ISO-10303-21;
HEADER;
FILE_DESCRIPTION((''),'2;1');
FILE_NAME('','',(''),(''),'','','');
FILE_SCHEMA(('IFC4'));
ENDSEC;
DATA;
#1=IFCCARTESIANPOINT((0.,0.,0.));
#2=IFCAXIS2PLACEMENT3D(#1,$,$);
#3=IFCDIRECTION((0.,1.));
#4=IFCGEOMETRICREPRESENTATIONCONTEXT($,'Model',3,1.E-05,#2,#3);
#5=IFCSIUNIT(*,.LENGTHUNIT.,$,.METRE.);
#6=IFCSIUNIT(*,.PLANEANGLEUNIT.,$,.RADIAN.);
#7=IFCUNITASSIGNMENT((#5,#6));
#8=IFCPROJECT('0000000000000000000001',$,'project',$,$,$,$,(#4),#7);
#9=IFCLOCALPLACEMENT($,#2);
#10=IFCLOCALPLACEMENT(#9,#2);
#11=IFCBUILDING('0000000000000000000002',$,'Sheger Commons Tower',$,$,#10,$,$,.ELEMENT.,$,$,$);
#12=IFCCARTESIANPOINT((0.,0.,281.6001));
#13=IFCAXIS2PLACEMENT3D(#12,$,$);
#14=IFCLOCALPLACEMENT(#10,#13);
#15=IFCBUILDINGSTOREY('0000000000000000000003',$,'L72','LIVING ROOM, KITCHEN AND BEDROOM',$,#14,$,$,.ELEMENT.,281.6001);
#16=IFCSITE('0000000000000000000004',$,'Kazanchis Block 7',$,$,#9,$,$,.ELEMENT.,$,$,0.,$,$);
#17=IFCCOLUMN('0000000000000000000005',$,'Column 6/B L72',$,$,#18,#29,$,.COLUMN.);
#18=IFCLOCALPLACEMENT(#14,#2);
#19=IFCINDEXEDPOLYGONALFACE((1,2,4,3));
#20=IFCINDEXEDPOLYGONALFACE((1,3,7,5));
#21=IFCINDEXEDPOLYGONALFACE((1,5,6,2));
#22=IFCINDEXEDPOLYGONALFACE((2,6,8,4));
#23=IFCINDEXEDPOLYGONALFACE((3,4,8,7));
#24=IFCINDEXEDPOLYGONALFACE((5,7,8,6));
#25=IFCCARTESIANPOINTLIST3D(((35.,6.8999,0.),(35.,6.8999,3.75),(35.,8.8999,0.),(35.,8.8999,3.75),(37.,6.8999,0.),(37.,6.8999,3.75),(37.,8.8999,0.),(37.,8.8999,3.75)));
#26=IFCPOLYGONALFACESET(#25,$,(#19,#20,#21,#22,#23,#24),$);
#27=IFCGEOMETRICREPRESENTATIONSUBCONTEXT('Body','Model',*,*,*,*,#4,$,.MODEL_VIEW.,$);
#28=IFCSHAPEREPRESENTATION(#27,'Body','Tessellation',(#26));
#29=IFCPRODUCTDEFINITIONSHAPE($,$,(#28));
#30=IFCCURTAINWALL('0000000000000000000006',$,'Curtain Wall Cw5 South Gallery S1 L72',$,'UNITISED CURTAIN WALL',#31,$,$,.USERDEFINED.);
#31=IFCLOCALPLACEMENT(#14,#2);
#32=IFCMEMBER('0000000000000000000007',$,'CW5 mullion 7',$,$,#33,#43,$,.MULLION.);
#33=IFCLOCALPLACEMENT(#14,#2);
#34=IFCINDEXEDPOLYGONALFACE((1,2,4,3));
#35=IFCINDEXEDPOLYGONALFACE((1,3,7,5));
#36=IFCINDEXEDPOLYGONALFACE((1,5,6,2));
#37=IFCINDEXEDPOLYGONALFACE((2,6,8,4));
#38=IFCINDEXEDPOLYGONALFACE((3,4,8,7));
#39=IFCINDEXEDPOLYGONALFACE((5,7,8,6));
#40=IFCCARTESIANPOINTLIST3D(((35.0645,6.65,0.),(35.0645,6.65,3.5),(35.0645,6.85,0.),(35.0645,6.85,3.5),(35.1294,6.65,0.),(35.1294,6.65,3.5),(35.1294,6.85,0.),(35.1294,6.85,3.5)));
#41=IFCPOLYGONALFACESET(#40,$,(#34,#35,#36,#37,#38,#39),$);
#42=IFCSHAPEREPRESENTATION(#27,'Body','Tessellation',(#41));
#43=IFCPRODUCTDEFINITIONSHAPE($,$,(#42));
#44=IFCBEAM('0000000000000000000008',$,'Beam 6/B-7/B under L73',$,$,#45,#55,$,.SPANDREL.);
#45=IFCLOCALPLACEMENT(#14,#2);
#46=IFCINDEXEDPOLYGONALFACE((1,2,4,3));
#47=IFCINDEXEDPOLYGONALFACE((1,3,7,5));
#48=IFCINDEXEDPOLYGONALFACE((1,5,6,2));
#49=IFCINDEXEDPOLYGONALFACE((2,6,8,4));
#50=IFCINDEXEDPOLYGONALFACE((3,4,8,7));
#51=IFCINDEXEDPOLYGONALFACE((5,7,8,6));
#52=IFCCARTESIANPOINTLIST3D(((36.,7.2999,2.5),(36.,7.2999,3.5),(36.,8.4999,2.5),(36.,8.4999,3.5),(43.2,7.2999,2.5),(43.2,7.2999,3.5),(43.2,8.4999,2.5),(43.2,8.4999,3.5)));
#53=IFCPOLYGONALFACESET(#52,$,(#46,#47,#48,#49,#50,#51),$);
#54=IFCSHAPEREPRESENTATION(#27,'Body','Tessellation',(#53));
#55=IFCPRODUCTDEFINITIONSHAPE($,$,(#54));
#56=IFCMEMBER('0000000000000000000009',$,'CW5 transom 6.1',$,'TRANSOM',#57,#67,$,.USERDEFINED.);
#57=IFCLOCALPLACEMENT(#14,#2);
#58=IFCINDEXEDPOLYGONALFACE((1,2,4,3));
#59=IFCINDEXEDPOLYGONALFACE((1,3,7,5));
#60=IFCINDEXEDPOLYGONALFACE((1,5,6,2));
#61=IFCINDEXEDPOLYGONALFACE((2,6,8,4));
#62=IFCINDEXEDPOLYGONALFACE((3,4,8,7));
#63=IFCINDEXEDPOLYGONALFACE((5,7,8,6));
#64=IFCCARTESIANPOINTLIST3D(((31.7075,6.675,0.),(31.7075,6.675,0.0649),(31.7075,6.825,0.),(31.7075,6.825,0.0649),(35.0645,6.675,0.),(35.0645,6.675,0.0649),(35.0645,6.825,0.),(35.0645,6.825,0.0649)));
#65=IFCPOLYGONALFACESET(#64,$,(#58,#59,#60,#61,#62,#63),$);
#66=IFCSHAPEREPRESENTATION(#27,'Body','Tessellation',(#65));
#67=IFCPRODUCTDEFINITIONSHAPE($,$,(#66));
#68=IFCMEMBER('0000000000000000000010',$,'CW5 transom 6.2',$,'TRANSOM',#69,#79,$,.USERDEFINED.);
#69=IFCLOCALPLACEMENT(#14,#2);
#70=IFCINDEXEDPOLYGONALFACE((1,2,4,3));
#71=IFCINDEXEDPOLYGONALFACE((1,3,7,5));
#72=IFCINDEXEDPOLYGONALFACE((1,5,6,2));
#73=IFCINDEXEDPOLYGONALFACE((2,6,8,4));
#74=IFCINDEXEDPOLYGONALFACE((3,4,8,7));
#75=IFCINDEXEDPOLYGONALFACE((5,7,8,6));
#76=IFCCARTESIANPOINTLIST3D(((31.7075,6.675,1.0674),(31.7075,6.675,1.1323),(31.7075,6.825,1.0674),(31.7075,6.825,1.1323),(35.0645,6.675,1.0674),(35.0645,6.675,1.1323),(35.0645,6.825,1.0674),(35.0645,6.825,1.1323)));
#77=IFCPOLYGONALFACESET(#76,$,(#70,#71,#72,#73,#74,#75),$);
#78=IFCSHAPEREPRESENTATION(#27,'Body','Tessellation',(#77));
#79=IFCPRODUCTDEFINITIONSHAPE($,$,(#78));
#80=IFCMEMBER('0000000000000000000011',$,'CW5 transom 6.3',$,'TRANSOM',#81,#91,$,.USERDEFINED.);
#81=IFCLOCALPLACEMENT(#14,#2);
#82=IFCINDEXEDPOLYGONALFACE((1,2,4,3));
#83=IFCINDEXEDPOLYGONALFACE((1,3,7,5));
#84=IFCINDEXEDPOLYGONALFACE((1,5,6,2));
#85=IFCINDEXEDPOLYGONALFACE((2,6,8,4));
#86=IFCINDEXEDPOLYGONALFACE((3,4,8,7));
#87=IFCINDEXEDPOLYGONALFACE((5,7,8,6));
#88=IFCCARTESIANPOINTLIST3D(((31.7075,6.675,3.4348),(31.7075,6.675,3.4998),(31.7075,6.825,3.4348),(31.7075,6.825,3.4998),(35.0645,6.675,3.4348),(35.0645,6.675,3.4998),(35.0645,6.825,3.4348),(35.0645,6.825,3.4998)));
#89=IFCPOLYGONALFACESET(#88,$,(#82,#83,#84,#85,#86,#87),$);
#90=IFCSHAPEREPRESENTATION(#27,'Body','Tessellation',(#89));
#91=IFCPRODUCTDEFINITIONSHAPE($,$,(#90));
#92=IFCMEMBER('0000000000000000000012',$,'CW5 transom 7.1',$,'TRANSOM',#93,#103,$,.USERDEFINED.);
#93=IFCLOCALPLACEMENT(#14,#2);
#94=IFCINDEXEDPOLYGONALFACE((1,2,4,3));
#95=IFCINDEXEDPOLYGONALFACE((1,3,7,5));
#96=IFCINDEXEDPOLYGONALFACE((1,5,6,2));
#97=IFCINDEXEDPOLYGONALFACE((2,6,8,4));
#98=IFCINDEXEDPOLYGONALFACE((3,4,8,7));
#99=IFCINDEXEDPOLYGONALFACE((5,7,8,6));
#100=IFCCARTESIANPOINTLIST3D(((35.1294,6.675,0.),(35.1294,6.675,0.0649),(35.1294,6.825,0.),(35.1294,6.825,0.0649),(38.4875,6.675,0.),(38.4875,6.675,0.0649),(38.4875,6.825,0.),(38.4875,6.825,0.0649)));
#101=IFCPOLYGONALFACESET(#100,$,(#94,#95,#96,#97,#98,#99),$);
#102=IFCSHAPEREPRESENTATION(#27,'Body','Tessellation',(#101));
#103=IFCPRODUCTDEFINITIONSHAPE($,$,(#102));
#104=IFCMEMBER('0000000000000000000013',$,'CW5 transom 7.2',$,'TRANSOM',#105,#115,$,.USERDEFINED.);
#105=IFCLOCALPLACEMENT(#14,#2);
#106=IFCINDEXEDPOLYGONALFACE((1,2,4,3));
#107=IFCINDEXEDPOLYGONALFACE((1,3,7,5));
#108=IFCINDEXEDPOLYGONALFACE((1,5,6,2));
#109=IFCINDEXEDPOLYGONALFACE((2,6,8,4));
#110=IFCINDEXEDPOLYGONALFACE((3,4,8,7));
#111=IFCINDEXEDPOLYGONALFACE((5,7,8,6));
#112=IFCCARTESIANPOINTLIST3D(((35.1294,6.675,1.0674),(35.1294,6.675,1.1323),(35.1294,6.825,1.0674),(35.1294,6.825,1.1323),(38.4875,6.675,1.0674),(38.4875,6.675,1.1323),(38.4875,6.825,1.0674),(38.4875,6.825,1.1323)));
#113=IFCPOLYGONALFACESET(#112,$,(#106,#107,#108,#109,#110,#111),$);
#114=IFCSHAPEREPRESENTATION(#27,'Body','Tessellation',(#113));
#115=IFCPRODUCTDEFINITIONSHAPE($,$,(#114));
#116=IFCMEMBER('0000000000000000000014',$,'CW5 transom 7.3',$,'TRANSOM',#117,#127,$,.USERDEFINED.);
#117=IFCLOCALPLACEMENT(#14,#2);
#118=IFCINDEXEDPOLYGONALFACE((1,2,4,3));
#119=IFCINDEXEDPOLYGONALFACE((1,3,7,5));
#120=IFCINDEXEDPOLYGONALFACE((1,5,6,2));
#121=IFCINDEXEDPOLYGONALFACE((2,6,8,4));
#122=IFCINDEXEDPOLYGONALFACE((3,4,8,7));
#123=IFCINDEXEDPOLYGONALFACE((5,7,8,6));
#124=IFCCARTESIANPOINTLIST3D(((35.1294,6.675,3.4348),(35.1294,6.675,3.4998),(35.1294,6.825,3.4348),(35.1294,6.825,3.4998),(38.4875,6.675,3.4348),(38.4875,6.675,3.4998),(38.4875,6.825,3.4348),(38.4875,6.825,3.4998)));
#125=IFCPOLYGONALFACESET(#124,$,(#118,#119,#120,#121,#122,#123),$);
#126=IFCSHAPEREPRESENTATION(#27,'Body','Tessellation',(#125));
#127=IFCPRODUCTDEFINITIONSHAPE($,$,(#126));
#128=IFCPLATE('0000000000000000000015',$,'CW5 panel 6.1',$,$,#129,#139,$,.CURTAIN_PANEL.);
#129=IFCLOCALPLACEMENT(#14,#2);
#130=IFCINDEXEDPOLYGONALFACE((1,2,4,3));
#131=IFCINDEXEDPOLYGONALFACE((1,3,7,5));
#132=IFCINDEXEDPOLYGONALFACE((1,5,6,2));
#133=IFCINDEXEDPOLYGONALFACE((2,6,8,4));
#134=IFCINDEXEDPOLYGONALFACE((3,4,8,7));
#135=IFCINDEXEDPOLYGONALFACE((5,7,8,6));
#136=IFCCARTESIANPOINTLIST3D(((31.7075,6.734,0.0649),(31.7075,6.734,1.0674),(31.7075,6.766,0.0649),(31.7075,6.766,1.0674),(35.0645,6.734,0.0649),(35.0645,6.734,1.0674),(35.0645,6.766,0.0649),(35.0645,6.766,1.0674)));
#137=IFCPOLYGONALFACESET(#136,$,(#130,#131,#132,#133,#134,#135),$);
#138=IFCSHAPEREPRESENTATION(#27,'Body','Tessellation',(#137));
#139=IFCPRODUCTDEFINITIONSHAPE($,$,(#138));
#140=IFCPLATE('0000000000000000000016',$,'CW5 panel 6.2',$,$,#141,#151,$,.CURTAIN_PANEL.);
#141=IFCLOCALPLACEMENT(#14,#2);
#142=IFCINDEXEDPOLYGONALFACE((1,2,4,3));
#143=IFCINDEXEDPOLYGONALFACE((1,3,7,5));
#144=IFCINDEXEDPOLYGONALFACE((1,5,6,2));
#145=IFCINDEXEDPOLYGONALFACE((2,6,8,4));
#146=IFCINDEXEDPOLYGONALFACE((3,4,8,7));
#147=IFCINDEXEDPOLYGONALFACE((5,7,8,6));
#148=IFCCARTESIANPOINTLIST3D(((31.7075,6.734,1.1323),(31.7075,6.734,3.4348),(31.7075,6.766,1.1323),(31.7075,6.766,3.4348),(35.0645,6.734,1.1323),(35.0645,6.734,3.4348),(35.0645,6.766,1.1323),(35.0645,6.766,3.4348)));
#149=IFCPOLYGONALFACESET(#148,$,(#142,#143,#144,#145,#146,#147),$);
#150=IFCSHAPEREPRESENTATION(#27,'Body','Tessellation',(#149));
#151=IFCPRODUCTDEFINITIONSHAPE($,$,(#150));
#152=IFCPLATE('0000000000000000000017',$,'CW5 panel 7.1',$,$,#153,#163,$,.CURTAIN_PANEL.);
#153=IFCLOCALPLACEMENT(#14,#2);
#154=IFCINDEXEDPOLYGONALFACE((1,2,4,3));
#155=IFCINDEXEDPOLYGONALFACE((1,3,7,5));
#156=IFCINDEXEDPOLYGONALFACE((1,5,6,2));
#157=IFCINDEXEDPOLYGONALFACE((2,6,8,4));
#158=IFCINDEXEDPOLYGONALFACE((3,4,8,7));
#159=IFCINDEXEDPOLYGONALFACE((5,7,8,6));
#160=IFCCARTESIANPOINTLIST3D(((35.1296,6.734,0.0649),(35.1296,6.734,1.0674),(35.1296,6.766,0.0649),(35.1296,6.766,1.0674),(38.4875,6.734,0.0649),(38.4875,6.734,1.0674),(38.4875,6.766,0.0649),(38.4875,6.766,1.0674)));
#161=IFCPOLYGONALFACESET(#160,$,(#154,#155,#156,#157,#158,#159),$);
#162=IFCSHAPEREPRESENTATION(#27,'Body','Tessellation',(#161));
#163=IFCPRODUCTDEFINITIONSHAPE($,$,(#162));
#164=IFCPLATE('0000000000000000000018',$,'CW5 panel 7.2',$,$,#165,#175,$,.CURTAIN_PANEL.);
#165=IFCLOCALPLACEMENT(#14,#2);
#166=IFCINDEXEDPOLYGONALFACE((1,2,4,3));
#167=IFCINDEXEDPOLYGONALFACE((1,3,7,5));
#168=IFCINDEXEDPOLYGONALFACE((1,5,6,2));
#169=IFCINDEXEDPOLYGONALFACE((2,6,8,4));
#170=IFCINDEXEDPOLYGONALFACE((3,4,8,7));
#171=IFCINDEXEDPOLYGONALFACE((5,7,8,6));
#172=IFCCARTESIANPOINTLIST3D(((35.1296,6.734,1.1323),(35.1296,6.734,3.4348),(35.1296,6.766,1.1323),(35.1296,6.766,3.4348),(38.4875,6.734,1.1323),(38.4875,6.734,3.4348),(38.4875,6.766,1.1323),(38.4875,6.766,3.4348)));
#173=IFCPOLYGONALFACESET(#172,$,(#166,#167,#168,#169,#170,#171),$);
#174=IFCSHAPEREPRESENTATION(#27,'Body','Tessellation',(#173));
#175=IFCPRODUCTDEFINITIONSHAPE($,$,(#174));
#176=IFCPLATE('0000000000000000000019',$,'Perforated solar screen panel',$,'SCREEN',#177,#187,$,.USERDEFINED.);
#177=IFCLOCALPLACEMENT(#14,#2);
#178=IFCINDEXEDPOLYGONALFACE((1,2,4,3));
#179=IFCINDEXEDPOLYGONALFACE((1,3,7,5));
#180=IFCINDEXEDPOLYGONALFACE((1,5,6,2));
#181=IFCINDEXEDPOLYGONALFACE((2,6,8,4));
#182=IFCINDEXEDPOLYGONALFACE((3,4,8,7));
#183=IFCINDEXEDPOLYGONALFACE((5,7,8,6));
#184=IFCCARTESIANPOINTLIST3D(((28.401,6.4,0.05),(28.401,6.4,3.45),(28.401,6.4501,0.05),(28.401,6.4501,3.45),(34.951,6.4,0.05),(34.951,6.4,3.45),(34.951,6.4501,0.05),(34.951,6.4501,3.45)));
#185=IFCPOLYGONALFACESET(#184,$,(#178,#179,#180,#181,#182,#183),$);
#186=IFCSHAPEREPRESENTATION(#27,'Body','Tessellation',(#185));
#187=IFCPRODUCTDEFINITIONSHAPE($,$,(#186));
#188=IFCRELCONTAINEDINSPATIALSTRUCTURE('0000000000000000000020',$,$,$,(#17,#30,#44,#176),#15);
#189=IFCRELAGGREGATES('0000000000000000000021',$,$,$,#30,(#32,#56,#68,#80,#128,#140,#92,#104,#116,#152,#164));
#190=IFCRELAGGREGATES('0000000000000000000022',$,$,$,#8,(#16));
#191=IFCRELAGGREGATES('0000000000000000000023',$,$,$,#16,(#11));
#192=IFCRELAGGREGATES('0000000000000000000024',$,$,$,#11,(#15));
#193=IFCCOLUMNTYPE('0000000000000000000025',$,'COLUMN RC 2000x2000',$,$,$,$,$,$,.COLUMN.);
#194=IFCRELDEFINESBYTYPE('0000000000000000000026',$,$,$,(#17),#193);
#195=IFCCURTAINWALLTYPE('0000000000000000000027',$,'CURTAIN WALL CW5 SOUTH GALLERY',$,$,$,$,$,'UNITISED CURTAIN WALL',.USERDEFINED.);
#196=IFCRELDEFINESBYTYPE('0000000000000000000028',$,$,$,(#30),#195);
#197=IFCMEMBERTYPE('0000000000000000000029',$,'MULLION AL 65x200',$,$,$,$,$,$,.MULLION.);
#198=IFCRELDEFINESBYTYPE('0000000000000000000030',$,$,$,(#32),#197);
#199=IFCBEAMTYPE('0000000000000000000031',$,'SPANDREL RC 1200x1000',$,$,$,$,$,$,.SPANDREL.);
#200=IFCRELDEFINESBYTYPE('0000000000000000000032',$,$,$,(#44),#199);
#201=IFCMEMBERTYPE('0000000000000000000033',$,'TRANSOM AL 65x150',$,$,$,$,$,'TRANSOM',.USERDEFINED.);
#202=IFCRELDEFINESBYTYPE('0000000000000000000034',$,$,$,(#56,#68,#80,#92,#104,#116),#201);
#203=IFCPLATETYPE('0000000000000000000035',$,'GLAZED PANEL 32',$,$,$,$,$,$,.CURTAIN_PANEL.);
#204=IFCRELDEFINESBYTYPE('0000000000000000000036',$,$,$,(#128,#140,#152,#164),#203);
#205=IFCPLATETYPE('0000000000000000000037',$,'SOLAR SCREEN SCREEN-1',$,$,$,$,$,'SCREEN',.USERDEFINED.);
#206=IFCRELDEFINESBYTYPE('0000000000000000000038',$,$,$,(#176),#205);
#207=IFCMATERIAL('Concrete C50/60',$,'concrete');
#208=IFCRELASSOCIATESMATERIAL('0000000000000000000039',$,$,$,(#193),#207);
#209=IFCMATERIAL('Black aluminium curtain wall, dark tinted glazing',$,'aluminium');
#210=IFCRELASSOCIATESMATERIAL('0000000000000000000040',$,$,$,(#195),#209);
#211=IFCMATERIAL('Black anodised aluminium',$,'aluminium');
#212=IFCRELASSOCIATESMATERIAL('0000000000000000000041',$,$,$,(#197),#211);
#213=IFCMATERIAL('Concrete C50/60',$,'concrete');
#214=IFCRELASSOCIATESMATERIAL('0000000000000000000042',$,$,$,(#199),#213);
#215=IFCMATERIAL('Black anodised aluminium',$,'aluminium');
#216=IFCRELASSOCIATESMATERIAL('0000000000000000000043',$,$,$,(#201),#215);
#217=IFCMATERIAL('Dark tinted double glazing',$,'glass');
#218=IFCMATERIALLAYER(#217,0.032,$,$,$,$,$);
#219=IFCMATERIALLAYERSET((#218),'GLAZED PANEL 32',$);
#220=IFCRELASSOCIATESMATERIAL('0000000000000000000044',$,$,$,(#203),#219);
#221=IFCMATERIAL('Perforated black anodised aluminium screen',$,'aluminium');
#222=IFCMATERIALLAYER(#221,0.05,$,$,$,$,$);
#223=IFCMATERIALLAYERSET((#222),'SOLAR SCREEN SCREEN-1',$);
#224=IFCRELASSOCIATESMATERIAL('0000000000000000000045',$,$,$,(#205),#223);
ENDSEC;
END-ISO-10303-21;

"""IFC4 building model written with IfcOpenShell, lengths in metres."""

from ifc_helpers import new_model, si_unit, direction, frame, origin, origin_2d, place, context, subcontext, project, spatial, rectangle, extrude, material, layer, layer_set, material_profile, profile_set, type_object, element, aggregate, save


model = new_model("IFC4")

# Units and contexts
model_context = context("Model", 3, precision=1e-05, world=origin(), true_north=direction((0.0, 1.0)))
body_context = subcontext(model_context, "Body", "Model", "MODEL_VIEW")
ifc_project = project(units=[si_unit("LENGTHUNIT", "METRE"), si_unit("PLANEANGLEUNIT", "RADIAN")], contexts=[model_context])

# Site, building, storey
site_placement = place(None, origin())
site = spatial("IfcSite", under=ifc_project, at=site_placement, Name="Kazanchis Block 7", CompositionType="ELEMENT", RefElevation=0.0)
building_placement = place(site_placement, origin())
building = spatial("IfcBuilding", under=site, at=building_placement, Name="Sheger Commons Tower", CompositionType="ELEMENT")
storey_placement = place(building_placement, frame((0.0, 0.0, 281.6001)))
storey = spatial("IfcBuildingStorey", under=building, at=storey_placement, Name="L72", Description="LIVING ROOM, KITCHEN AND BEDROOM", CompositionType="ELEMENT", Elevation=281.6001)

# Column
ifc_material_1 = material(Name="Concrete C50/60", Category="concrete")
ifc_material_profile_1 = material_profile(ifc_material_1, rectangle(XDim=2.0, YDim=2.0, at=origin_2d()), Name="RC 2000x2000")
ifc_profile_set_1 = profile_set([ifc_material_profile_1], Name="Concrete C50/60")
column_type = type_object("IfcColumnType", Name="COLUMN RC 2000x2000", PredefinedType="COLUMN", material=ifc_profile_set_1)
column_placement = place(storey_placement, frame((36.0, 7.8999, 0.0), z_axis=(0.0, 0.0, 1.0), x_axis=(1.0, 0.0, 0.0)))
element("IfcColumn", 1, at=column_placement, inside=storey, type_object=column_type, Name="Column 6/B L72", PredefinedType="COLUMN", context=body_context, shape_type="SweptSolid", body=[
    extrude(rectangle(XDim=2.0, YDim=2.0, at=origin_2d()), origin(), (0.0, 0.0, 1.0), 3.75),
])

# Curtain wall, member
ifc_material_2 = material(Name="Black aluminium curtain wall, dark tinted glazing", Category="aluminium")
curtain_wall_type = type_object("IfcCurtainWallType", Name="CURTAIN WALL CW5 SOUTH GALLERY", ElementType="UNITISED CURTAIN WALL", PredefinedType="USERDEFINED", material=ifc_material_2)
curtain_wall_placement = place(storey_placement, origin())
curtain_wall = element("IfcCurtainWall", 2, at=curtain_wall_placement, inside=storey, type_object=curtain_wall_type, Name="Curtain Wall Cw5 South Gallery S1 L72", ObjectType="UNITISED CURTAIN WALL", PredefinedType="USERDEFINED")
ifc_material_3 = material(Name="Black anodised aluminium", Category="aluminium")
ifc_material_profile_2 = material_profile(ifc_material_3, rectangle(XDim=0.2, YDim=0.0649, at=origin_2d()), Name="AL 65x200")
ifc_profile_set_2 = profile_set([ifc_material_profile_2], Name="Black anodised aluminium")
member_type_1 = type_object("IfcMemberType", Name="MULLION AL 65x200", PredefinedType="MULLION", material=ifc_profile_set_2)
member_1_placement = place(storey_placement, frame((35.0969, 6.75, 0.0), z_axis=(0.0, 0.0, 1.0), x_axis=(0.0, 1.0, 0.0)))
member_1 = element("IfcMember", 3, at=member_1_placement, type_object=member_type_1, Name="CW5 mullion 7", PredefinedType="MULLION", context=body_context, shape_type="SweptSolid", body=[
    extrude(rectangle(XDim=0.2, YDim=0.0649, at=origin_2d()), origin(), (0.0, 0.0, 1.0), 3.5),
])

# Beam
ifc_material_4 = material(Name="Concrete C50/60", Category="concrete")
ifc_material_profile_3 = material_profile(ifc_material_4, rectangle(XDim=1.2, YDim=1.0, at=origin_2d()), Name="RC 1200x1000")
ifc_profile_set_3 = profile_set([ifc_material_profile_3], Name="Concrete C50/60")
beam_type = type_object("IfcBeamType", Name="SPANDREL RC 1200x1000", PredefinedType="SPANDREL", material=ifc_profile_set_3)
beam_placement = place(storey_placement, frame((36.0, 7.8999, 3.0), z_axis=(1.0, 0.0, 0.0), x_axis=(0.0, 1.0, 0.0)))
element("IfcBeam", 4, at=beam_placement, inside=storey, type_object=beam_type, Name="Beam 6/B-7/B under L73", PredefinedType="SPANDREL", context=body_context, shape_type="SweptSolid", body=[
    extrude(rectangle(XDim=1.2, YDim=1.0, at=origin_2d()), origin(), (0.0, 0.0, 1.0), 7.2),
])

# Members
ifc_material_5 = material(Name="Black anodised aluminium", Category="aluminium")
ifc_material_profile_4 = material_profile(ifc_material_5, rectangle(XDim=0.1499, YDim=0.0649, at=origin_2d()), Name="AL 65x150")
ifc_profile_set_4 = profile_set([ifc_material_profile_4], Name="Black anodised aluminium")
member_type_2 = type_object("IfcMemberType", Name="TRANSOM AL 65x150", ElementType="TRANSOM", PredefinedType="USERDEFINED", material=ifc_profile_set_4)
member_2_placement = place(storey_placement, frame((31.7075, 6.75, 0.0325), z_axis=(1.0, 0.0, 0.0), x_axis=(0.0, 1.0, 0.0)))
member_2 = element("IfcMember", 5, at=member_2_placement, type_object=member_type_2, Name="CW5 transom 6.1", ObjectType="TRANSOM", PredefinedType="USERDEFINED", context=body_context, shape_type="SweptSolid", body=[
    extrude(rectangle(XDim=0.1499, YDim=0.0649, at=origin_2d()), origin(), (0.0, 0.0, 1.0), 3.3569),
])
member_3_placement = place(storey_placement, frame((31.7075, 6.75, 1.0999), z_axis=(1.0, 0.0, 0.0), x_axis=(0.0, 1.0, 0.0)))
member_3 = element("IfcMember", 6, at=member_3_placement, type_object=member_type_2, Name="CW5 transom 6.2", ObjectType="TRANSOM", PredefinedType="USERDEFINED", context=body_context, shape_type="SweptSolid", body=[
    extrude(rectangle(XDim=0.1499, YDim=0.0649, at=origin_2d()), origin(), (0.0, 0.0, 1.0), 3.3569),
])
member_4_placement = place(storey_placement, frame((31.7075, 6.75, 3.4673), z_axis=(1.0, 0.0, 0.0), x_axis=(0.0, 1.0, 0.0)))
member_4 = element("IfcMember", 7, at=member_4_placement, type_object=member_type_2, Name="CW5 transom 6.3", ObjectType="TRANSOM", PredefinedType="USERDEFINED", context=body_context, shape_type="SweptSolid", body=[
    extrude(rectangle(XDim=0.1499, YDim=0.0649, at=origin_2d()), origin(), (0.0, 0.0, 1.0), 3.3569),
])
member_5_placement = place(storey_placement, frame((35.1294, 6.75, 0.0325), z_axis=(1.0, 0.0, 0.0), x_axis=(0.0, 1.0, 0.0)))
member_5 = element("IfcMember", 8, at=member_5_placement, type_object=member_type_2, Name="CW5 transom 7.1", ObjectType="TRANSOM", PredefinedType="USERDEFINED", context=body_context, shape_type="SweptSolid", body=[
    extrude(rectangle(XDim=0.1499, YDim=0.0649, at=origin_2d()), origin(), (0.0, 0.0, 1.0), 3.3582),
])
member_6_placement = place(storey_placement, frame((35.1294, 6.75, 1.0999), z_axis=(1.0, 0.0, 0.0), x_axis=(0.0, 1.0, 0.0)))
member_6 = element("IfcMember", 9, at=member_6_placement, type_object=member_type_2, Name="CW5 transom 7.2", ObjectType="TRANSOM", PredefinedType="USERDEFINED", context=body_context, shape_type="SweptSolid", body=[
    extrude(rectangle(XDim=0.1499, YDim=0.0649, at=origin_2d()), origin(), (0.0, 0.0, 1.0), 3.3582),
])
member_7_placement = place(storey_placement, frame((35.1294, 6.75, 3.4673), z_axis=(1.0, 0.0, 0.0), x_axis=(0.0, 1.0, 0.0)))
member_7 = element("IfcMember", 10, at=member_7_placement, type_object=member_type_2, Name="CW5 transom 7.3", ObjectType="TRANSOM", PredefinedType="USERDEFINED", context=body_context, shape_type="SweptSolid", body=[
    extrude(rectangle(XDim=0.1499, YDim=0.0649, at=origin_2d()), origin(), (0.0, 0.0, 1.0), 3.3582),
])

# Plates
ifc_material_6 = material(Name="Dark tinted double glazing", Category="glass")
ifc_layer_1 = layer(ifc_material_6, 0.032)
ifc_layer_set_1 = layer_set([ifc_layer_1], Name="GLAZED PANEL 32")
plate_type_1 = type_object("IfcPlateType", Name="GLAZED PANEL 32", PredefinedType="CURTAIN_PANEL", material=ifc_layer_set_1)
plate_1_placement = place(storey_placement, frame((33.386, 6.75, 0.0649), z_axis=(0.0, 0.0, 1.0), x_axis=(1.0, 0.0, 0.0)))
plate_1 = element("IfcPlate", 11, at=plate_1_placement, type_object=plate_type_1, Name="CW5 panel 6.1", PredefinedType="CURTAIN_PANEL", context=body_context, shape_type="SweptSolid", body=[
    extrude(rectangle(XDim=3.3569, YDim=0.032, at=origin_2d()), origin(), (0.0, 0.0, 1.0), 1.0024),
])
plate_2_placement = place(storey_placement, frame((33.386, 6.75, 1.1323), z_axis=(0.0, 0.0, 1.0), x_axis=(1.0, 0.0, 0.0)))
plate_2 = element("IfcPlate", 12, at=plate_2_placement, type_object=plate_type_1, Name="CW5 panel 6.2", PredefinedType="CURTAIN_PANEL", context=body_context, shape_type="SweptSolid", body=[
    extrude(rectangle(XDim=3.3569, YDim=0.032, at=origin_2d()), origin(), (0.0, 0.0, 1.0), 2.3025),
])
plate_3_placement = place(storey_placement, frame((36.8086, 6.75, 0.0649), z_axis=(0.0, 0.0, 1.0), x_axis=(1.0, 0.0, 0.0)))
plate_3 = element("IfcPlate", 13, at=plate_3_placement, type_object=plate_type_1, Name="CW5 panel 7.1", PredefinedType="CURTAIN_PANEL", context=body_context, shape_type="SweptSolid", body=[
    extrude(rectangle(XDim=3.3579, YDim=0.032, at=origin_2d()), origin(), (0.0, 0.0, 1.0), 1.0024),
])
plate_4_placement = place(storey_placement, frame((36.8086, 6.75, 1.1323), z_axis=(0.0, 0.0, 1.0), x_axis=(1.0, 0.0, 0.0)))
plate_4 = element("IfcPlate", 14, at=plate_4_placement, type_object=plate_type_1, Name="CW5 panel 7.2", PredefinedType="CURTAIN_PANEL", context=body_context, shape_type="SweptSolid", body=[
    extrude(rectangle(XDim=3.3579, YDim=0.032, at=origin_2d()), origin(), (0.0, 0.0, 1.0), 2.3025),
])
aggregate(curtain_wall, [member_1, member_2, member_3, member_4, plate_1, plate_2, member_5, member_6, member_7, plate_3, plate_4])
ifc_material_7 = material(Name="Perforated black anodised aluminium screen", Category="aluminium")
ifc_layer_2 = layer(ifc_material_7, 0.05)
ifc_layer_set_2 = layer_set([ifc_layer_2], Name="SOLAR SCREEN SCREEN-1")
plate_type_2 = type_object("IfcPlateType", Name="SOLAR SCREEN SCREEN-1", ElementType="SCREEN", PredefinedType="USERDEFINED", material=ifc_layer_set_2)
plate_5_placement = place(storey_placement, frame((31.676, 6.425, 0.05), z_axis=(0.0, 0.0, 1.0), x_axis=(1.0, 0.0, 0.0)))
element("IfcPlate", 15, at=plate_5_placement, inside=storey, type_object=plate_type_2, Name="Perforated solar screen panel", ObjectType="SCREEN", PredefinedType="USERDEFINED", context=body_context, shape_type="SweptSolid", body=[
    extrude(rectangle(XDim=6.55, YDim=0.05, at=origin_2d()), origin(), (0.0, 0.0, 1.0), 3.3999),
])

save(model, "model.ifc")
